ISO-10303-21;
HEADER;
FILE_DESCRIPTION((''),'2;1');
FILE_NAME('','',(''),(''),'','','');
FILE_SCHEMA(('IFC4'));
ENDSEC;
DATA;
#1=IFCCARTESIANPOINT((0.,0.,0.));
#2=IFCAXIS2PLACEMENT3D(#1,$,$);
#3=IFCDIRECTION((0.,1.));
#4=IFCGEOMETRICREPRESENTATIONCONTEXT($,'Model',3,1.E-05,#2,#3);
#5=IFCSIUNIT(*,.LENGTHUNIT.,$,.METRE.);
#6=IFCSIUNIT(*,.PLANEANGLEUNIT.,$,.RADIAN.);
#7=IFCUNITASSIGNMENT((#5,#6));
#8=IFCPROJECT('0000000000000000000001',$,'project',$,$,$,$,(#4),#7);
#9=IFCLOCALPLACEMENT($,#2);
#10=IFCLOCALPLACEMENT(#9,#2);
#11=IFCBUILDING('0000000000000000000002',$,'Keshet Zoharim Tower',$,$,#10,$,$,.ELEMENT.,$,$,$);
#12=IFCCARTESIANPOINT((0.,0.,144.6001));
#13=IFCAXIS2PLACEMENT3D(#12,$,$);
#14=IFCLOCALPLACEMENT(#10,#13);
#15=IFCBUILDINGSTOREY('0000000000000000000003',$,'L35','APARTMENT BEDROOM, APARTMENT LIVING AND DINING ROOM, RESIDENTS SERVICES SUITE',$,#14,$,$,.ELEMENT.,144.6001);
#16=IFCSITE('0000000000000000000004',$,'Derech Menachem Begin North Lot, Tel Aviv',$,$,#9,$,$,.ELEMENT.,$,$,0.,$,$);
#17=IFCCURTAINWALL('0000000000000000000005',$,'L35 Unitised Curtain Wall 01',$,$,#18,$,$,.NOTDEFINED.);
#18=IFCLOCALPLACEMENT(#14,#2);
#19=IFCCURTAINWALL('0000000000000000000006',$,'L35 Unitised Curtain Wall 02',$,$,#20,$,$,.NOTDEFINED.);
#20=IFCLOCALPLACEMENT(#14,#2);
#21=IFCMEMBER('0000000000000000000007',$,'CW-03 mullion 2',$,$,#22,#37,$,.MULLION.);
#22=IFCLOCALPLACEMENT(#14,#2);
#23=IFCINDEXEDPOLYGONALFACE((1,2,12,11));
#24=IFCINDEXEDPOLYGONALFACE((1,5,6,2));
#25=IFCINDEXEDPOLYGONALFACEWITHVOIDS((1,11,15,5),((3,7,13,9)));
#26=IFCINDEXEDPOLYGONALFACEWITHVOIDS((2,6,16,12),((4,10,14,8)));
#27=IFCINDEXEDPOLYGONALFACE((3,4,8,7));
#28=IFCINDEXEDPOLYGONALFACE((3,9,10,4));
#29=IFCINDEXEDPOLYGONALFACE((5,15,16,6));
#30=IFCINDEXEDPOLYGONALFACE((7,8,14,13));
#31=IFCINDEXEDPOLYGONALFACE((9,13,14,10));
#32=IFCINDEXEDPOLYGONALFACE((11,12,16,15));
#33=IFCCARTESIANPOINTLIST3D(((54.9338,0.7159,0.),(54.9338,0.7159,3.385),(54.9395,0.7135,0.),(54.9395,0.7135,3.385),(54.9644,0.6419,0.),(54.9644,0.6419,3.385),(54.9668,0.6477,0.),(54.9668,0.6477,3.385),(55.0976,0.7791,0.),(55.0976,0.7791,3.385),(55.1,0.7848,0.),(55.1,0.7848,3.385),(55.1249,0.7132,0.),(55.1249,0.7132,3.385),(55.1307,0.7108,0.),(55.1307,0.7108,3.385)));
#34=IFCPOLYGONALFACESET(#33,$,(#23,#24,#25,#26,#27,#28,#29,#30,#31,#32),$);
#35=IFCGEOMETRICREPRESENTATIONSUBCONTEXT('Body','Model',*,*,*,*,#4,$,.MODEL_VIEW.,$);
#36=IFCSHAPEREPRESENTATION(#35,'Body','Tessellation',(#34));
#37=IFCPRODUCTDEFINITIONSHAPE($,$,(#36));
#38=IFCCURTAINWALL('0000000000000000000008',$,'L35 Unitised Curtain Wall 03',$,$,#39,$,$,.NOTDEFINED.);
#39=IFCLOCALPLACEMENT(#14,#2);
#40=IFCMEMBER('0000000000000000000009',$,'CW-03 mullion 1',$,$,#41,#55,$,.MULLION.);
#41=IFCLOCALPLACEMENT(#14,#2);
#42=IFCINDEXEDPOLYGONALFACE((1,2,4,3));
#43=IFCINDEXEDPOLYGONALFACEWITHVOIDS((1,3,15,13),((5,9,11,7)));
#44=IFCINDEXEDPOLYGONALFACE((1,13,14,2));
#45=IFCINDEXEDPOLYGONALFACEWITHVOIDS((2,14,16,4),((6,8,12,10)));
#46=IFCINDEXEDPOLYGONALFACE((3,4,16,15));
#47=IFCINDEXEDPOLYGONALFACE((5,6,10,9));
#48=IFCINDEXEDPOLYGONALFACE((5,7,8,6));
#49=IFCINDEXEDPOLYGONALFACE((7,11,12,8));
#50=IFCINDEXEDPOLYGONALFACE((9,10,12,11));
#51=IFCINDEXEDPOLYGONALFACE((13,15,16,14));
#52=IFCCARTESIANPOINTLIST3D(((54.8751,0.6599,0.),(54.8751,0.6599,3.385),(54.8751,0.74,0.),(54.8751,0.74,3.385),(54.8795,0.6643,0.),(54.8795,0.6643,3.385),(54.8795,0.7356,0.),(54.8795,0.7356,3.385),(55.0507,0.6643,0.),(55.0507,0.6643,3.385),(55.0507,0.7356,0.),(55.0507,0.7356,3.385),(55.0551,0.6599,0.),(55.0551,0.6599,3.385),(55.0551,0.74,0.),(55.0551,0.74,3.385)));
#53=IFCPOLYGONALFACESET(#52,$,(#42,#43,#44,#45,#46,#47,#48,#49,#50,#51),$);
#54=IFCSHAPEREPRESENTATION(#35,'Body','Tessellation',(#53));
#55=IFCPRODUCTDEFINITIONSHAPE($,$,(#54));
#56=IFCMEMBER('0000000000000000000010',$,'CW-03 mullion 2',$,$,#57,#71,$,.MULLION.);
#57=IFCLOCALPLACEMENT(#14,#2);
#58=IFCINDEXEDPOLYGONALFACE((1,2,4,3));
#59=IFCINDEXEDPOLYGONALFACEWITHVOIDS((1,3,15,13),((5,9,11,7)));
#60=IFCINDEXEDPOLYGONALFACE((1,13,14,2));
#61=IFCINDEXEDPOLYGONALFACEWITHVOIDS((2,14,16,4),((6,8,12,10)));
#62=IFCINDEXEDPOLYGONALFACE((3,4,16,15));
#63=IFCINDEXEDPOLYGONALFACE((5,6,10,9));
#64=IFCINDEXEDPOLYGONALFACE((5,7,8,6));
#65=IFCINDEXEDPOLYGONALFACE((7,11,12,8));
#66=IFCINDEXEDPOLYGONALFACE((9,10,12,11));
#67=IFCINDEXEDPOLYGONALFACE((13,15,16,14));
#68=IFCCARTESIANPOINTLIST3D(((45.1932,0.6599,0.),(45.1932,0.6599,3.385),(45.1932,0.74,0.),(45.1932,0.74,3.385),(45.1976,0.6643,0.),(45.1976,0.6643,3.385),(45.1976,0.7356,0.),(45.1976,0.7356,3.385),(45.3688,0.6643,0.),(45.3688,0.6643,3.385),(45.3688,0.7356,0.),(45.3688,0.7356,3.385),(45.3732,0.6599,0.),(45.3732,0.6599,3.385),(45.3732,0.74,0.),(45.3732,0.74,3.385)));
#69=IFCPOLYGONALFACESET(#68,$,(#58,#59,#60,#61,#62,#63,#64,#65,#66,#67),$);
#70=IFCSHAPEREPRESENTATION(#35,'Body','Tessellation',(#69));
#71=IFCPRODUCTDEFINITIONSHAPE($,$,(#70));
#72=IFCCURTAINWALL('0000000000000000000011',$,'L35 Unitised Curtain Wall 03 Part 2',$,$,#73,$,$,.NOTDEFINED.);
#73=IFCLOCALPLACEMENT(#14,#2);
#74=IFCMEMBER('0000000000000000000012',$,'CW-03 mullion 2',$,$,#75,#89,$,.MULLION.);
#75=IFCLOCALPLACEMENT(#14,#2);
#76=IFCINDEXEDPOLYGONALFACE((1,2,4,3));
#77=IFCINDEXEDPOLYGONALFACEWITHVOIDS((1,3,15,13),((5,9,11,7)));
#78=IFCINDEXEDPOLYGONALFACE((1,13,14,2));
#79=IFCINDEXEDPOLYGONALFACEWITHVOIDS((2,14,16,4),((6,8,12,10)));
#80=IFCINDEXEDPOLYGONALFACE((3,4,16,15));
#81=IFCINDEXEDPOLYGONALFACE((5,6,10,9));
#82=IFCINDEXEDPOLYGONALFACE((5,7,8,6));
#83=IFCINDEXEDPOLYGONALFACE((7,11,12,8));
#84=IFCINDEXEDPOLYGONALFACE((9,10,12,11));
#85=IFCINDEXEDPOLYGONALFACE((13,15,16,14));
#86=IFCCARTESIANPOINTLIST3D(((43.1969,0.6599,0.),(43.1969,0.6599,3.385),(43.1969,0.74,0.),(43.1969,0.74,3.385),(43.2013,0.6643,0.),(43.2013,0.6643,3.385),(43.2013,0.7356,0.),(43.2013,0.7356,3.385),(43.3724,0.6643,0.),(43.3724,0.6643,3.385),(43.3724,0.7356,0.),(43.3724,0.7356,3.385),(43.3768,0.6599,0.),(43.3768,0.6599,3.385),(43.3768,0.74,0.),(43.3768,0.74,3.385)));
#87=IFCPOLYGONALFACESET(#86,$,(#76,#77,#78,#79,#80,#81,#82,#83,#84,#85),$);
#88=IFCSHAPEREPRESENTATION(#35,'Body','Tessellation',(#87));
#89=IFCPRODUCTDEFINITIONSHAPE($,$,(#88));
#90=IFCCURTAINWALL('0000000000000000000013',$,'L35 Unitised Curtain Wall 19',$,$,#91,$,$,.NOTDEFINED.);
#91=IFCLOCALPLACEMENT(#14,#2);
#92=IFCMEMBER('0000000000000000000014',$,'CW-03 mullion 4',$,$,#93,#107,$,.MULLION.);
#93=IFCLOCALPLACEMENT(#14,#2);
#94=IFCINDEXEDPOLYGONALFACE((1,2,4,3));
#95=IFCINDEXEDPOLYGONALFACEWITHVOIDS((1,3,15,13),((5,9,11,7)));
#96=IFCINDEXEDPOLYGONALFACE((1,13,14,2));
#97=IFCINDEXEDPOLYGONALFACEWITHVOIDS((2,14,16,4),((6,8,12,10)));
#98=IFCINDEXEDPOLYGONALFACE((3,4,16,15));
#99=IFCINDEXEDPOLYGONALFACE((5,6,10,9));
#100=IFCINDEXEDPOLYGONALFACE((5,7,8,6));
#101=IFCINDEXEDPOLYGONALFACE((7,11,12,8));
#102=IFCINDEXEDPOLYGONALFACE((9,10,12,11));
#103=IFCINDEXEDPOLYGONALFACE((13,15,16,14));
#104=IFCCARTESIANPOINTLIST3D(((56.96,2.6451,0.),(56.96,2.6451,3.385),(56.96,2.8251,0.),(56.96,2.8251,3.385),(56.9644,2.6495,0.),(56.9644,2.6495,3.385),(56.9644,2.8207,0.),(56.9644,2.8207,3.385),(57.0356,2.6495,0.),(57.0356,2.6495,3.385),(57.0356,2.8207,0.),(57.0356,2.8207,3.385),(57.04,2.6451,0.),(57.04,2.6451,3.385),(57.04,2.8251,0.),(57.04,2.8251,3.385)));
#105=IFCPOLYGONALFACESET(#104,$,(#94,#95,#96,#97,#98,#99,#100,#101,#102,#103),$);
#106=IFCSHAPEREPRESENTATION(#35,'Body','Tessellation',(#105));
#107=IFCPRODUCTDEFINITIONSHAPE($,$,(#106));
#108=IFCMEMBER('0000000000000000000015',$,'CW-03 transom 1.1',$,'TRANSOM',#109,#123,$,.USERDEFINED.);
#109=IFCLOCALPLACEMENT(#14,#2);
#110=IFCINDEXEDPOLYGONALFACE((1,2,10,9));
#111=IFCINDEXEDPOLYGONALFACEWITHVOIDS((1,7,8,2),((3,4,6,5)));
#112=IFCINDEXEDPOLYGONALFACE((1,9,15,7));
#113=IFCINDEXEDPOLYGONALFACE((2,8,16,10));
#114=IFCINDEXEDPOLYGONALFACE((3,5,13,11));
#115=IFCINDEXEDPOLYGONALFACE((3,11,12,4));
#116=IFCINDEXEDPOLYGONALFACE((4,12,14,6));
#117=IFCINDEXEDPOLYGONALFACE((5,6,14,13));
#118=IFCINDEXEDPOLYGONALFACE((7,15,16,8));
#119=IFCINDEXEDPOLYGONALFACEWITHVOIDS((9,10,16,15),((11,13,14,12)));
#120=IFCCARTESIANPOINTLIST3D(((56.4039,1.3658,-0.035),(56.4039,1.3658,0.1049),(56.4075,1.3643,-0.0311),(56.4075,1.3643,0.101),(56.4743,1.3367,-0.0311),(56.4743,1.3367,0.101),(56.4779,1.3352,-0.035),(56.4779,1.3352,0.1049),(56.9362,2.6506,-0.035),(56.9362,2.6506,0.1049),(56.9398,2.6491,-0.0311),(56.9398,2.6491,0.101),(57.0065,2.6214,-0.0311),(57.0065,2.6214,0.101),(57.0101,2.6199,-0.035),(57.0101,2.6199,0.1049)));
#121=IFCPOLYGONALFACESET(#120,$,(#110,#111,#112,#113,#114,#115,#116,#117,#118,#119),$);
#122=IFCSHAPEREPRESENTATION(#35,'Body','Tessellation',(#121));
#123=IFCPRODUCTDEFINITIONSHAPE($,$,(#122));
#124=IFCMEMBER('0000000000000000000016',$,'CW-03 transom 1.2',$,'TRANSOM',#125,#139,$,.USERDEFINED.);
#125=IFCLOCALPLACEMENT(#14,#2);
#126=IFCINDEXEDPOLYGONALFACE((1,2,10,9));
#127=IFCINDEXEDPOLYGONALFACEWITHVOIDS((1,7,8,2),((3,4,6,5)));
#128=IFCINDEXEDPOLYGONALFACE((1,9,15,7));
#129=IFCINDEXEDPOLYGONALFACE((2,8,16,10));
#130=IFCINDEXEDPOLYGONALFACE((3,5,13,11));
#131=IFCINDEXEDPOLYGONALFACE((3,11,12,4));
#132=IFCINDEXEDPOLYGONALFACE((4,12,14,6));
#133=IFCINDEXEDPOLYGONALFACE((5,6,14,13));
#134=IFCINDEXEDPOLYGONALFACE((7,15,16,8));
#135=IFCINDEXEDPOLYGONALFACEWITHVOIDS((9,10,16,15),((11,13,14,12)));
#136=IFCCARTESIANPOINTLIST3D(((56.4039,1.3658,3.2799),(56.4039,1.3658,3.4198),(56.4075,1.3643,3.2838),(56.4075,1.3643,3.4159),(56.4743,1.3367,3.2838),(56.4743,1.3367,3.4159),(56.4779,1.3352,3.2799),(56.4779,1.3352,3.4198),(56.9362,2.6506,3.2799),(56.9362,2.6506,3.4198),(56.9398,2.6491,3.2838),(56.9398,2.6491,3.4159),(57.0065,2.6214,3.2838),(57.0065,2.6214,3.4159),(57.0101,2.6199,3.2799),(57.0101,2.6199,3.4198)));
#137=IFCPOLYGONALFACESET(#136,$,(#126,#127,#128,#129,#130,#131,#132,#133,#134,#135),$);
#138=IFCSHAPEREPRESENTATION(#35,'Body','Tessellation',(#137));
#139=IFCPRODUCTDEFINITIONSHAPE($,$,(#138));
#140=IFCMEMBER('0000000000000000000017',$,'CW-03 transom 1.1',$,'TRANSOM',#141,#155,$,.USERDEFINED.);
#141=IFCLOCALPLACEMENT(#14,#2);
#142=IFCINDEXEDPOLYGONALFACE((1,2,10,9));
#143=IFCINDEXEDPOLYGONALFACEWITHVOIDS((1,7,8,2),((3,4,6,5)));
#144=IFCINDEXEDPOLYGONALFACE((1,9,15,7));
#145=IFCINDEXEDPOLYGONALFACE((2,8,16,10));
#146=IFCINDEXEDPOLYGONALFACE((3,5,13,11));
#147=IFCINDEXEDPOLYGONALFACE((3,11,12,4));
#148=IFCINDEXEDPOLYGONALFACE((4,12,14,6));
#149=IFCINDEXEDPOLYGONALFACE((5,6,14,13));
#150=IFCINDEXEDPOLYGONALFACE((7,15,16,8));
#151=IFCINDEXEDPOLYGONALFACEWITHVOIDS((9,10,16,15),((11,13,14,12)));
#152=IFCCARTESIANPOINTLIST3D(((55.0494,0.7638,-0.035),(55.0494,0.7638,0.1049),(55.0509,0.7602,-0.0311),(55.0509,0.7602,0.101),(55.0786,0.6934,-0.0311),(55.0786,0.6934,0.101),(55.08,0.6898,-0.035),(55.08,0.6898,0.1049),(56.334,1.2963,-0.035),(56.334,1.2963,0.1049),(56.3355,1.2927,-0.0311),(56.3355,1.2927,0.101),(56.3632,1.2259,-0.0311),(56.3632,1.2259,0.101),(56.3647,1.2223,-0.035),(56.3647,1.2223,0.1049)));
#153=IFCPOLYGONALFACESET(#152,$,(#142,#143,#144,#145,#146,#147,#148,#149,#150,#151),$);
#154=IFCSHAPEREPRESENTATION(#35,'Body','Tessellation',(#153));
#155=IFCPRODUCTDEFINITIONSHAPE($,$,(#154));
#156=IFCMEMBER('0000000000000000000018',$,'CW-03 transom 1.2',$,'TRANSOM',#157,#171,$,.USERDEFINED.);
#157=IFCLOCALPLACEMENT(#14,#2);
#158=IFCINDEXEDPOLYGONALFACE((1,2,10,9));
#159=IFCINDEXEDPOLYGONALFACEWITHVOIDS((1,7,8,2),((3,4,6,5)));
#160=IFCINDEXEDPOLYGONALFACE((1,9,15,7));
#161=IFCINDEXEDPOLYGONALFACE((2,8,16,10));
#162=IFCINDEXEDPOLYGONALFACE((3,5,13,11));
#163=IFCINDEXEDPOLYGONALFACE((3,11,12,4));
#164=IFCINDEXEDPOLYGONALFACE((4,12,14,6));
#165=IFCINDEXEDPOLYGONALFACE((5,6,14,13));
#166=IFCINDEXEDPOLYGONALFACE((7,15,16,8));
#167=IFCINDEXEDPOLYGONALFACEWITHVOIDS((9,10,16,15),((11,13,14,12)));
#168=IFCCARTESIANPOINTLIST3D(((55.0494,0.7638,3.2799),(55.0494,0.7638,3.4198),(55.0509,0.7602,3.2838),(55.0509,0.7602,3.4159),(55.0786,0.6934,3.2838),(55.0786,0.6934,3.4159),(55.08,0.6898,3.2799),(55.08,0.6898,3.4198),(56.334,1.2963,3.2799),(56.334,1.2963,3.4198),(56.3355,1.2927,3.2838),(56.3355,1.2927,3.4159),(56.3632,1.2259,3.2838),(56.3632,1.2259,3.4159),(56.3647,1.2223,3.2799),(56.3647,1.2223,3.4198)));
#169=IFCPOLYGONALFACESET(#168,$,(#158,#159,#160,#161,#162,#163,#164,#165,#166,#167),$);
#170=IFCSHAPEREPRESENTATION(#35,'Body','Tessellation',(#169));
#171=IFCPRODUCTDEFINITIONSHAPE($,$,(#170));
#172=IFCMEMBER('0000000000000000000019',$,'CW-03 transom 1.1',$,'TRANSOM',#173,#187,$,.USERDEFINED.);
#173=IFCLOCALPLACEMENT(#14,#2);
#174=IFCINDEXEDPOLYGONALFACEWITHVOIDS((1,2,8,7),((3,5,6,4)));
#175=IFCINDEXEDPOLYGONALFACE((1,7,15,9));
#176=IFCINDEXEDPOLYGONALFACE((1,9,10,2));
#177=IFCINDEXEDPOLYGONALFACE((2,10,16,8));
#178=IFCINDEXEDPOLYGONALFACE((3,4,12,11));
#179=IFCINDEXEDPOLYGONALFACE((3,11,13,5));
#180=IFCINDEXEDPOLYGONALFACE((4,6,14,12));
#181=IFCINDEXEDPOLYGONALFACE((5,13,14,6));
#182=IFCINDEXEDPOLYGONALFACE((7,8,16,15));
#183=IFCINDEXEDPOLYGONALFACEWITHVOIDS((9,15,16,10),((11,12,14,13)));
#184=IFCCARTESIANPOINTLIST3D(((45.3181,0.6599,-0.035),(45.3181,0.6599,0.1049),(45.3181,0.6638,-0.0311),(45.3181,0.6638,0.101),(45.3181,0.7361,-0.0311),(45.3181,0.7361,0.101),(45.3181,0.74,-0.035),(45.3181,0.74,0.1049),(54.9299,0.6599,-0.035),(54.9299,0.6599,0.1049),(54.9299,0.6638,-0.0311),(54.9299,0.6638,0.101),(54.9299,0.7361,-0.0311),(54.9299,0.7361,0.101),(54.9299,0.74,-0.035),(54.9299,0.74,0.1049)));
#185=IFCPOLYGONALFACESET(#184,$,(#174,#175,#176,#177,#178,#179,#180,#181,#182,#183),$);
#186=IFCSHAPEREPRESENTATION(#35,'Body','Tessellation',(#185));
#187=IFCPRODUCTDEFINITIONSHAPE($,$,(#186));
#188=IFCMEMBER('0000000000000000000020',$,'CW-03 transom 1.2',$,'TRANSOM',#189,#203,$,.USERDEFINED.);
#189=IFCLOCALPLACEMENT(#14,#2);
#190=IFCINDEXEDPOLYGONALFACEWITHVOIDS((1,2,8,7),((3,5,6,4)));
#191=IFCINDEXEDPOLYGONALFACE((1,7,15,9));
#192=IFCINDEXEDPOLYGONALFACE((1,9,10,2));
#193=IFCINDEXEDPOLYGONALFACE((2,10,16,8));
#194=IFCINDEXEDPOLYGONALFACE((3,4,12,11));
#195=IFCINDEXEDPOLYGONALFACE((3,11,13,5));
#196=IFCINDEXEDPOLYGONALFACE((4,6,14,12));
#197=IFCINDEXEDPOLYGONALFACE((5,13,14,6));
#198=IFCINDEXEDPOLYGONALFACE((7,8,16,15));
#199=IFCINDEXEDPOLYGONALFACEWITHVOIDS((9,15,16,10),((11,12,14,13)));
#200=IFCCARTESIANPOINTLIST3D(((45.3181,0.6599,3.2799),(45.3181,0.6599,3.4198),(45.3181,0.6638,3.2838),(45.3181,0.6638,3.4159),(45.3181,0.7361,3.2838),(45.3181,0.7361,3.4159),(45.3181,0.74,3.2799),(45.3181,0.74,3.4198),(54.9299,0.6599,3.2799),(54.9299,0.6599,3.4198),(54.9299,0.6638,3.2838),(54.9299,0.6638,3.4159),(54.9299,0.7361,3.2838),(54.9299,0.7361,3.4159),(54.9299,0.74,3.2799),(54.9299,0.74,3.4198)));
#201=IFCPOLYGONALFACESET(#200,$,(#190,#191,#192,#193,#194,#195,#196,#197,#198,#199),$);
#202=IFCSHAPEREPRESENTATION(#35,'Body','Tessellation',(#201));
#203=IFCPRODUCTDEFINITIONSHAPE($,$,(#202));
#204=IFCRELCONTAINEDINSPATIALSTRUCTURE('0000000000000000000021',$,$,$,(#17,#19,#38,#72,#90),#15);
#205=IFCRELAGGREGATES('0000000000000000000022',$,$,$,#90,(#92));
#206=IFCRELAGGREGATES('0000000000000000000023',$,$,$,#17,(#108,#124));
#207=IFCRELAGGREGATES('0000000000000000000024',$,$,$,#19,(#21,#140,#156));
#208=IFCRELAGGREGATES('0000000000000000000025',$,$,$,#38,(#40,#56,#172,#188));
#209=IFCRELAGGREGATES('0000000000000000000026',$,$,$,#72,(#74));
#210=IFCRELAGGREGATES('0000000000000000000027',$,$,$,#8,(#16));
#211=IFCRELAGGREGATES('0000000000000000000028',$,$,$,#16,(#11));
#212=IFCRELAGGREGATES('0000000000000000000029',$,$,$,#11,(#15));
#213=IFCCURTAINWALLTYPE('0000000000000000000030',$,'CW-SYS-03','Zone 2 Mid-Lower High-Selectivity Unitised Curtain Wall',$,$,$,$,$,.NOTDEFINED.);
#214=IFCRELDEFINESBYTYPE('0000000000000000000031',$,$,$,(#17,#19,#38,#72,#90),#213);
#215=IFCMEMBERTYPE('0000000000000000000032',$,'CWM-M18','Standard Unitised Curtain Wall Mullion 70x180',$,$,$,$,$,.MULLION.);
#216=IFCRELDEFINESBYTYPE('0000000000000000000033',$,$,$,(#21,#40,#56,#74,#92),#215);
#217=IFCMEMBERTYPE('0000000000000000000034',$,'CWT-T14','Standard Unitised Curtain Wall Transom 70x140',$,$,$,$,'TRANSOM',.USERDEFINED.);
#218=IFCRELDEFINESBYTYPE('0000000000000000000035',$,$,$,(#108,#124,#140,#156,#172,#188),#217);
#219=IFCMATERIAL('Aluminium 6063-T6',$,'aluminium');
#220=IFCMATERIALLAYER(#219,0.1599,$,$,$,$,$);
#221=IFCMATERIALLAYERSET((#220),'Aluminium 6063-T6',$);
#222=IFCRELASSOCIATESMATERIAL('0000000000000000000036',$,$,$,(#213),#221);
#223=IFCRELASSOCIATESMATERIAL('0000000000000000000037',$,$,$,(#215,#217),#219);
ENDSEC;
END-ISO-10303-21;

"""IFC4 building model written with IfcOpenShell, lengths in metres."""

from ifc_helpers import new_model, si_unit, direction, frame, origin, origin_2d, place, context, subcontext, project, spatial, hollow_rectangle, extrude, material, layer, layer_set, material_profile, profile_set, type_object, element, aggregate, save


model = new_model("IFC4")

# Units and contexts
model_context = context("Model", 3, precision=1e-05, world=origin(), true_north=direction((0.0, 1.0)))
body_context = subcontext(model_context, "Body", "Model", "MODEL_VIEW")
ifc_project = project(units=[si_unit("LENGTHUNIT", "METRE"), si_unit("PLANEANGLEUNIT", "RADIAN")], contexts=[model_context])

# Site, building, storey
site_placement = place(None, origin())
site = spatial("IfcSite", under=ifc_project, at=site_placement, Name="Derech Menachem Begin North Lot, Tel Aviv", CompositionType="ELEMENT", RefElevation=0.0)
building_placement = place(site_placement, origin())
building = spatial("IfcBuilding", under=site, at=building_placement, Name="Keshet Zoharim Tower", CompositionType="ELEMENT")
storey_placement = place(building_placement, frame((0.0, 0.0, 144.6001)))
storey = spatial("IfcBuildingStorey", under=building, at=storey_placement, Name="L35", Description="APARTMENT BEDROOM, APARTMENT LIVING AND DINING ROOM, RESIDENTS SERVICES SUITE", CompositionType="ELEMENT", Elevation=144.6001)

# Curtain walls, members
ifc_material_1 = material(Name="Aluminium 6063-T6", Category="aluminium")
ifc_layer_1 = layer(ifc_material_1, 0.1599)
ifc_layer_set_1 = layer_set([ifc_layer_1], Name="Aluminium 6063-T6")
curtain_wall_type = type_object("IfcCurtainWallType", Name="CW-SYS-03", Description="Zone 2 Mid-Lower High-Selectivity Unitised Curtain Wall", PredefinedType="NOTDEFINED", material=ifc_layer_set_1)
curtain_wall_1_placement = place(storey_placement, origin())
curtain_wall_1 = element("IfcCurtainWall", 1, at=curtain_wall_1_placement, inside=storey, type_object=curtain_wall_type, Name="L35 Unitised Curtain Wall 01", PredefinedType="NOTDEFINED")
ifc_material_profile_1 = material_profile(ifc_material_1, hollow_rectangle(XDim=0.0801, YDim=0.1799, WallThickness=0.0044, at=origin_2d()), Name="MUL-80x180")
ifc_profile_set_1 = profile_set([ifc_material_profile_1], Name="Aluminium 6063-T6")
member_type_1 = type_object("IfcMemberType", Name="CWM-M18", Description="Standard Unitised Curtain Wall Mullion 70x180", PredefinedType="MULLION", material=ifc_profile_set_1)
curtain_wall_2_placement = place(storey_placement, origin())
curtain_wall_2 = element("IfcCurtainWall", 2, at=curtain_wall_2_placement, inside=storey, type_object=curtain_wall_type, Name="L35 Unitised Curtain Wall 02", PredefinedType="NOTDEFINED")
member_1_placement = place(storey_placement, frame((55.0322, 0.7134, 0.0), z_axis=(0.0, 0.0, 1.0), x_axis=(0.382852, -0.92381, 0.0)))
member_1 = element("IfcMember", 3, at=member_1_placement, type_object=member_type_1, Name="CW-03 mullion 2", PredefinedType="MULLION", context=body_context, shape_type="SweptSolid", body=[
    extrude(hollow_rectangle(XDim=0.0801, YDim=0.1799, WallThickness=0.0044, at=origin_2d()), origin(), (0.0, 0.0, 1.0), 3.385),
])
curtain_wall_3_placement = place(storey_placement, origin())
curtain_wall_3 = element("IfcCurtainWall", 4, at=curtain_wall_3_placement, inside=storey, type_object=curtain_wall_type, Name="L35 Unitised Curtain Wall 03", PredefinedType="NOTDEFINED")
member_2_placement = place(storey_placement, frame((54.9651, 0.7, 0.0), z_axis=(0.0, 0.0, 1.0), x_axis=(0.0, -1.0, 0.0)))
member_2 = element("IfcMember", 5, at=member_2_placement, type_object=member_type_1, Name="CW-03 mullion 1", PredefinedType="MULLION", context=body_context, shape_type="SweptSolid", body=[
    extrude(hollow_rectangle(XDim=0.0801, YDim=0.1799, WallThickness=0.0044, at=origin_2d()), origin(), (0.0, 0.0, 1.0), 3.385),
])
member_3_placement = place(storey_placement, frame((45.2832, 0.7, 0.0), z_axis=(0.0, 0.0, 1.0), x_axis=(0.0, -1.0, 0.0)))
member_3 = element("IfcMember", 6, at=member_3_placement, type_object=member_type_1, Name="CW-03 mullion 2", PredefinedType="MULLION", context=body_context, shape_type="SweptSolid", body=[
    extrude(hollow_rectangle(XDim=0.0801, YDim=0.1799, WallThickness=0.0044, at=origin_2d()), origin(), (0.0, 0.0, 1.0), 3.385),
])

# Curtain walls, members
curtain_wall_4_placement = place(storey_placement, origin())
curtain_wall_4 = element("IfcCurtainWall", 7, at=curtain_wall_4_placement, inside=storey, type_object=curtain_wall_type, Name="L35 Unitised Curtain Wall 03 Part 2", PredefinedType="NOTDEFINED")
member_4_placement = place(storey_placement, frame((43.2869, 0.7, 0.0), z_axis=(0.0, 0.0, 1.0), x_axis=(0.0, -1.0, 0.0)))
member_4 = element("IfcMember", 8, at=member_4_placement, type_object=member_type_1, Name="CW-03 mullion 2", PredefinedType="MULLION", context=body_context, shape_type="SweptSolid", body=[
    extrude(hollow_rectangle(XDim=0.0801, YDim=0.1799, WallThickness=0.0044, at=origin_2d()), origin(), (0.0, 0.0, 1.0), 3.385),
])
curtain_wall_5_placement = place(storey_placement, origin())
curtain_wall_5 = element("IfcCurtainWall", 9, at=curtain_wall_5_placement, inside=storey, type_object=curtain_wall_type, Name="L35 Unitised Curtain Wall 19", PredefinedType="NOTDEFINED")
member_5_placement = place(storey_placement, frame((57.0, 2.7351, 0.0), z_axis=(0.0, 0.0, 1.0), x_axis=(1.0, 0.0, 0.0)))
member_5 = element("IfcMember", 10, at=member_5_placement, type_object=member_type_1, Name="CW-03 mullion 4", PredefinedType="MULLION", context=body_context, shape_type="SweptSolid", body=[
    extrude(hollow_rectangle(XDim=0.0801, YDim=0.1799, WallThickness=0.0044, at=origin_2d()), origin(), (0.0, 0.0, 1.0), 3.385),
])
aggregate(curtain_wall_5, [member_5])

# Members
ifc_material_profile_2 = material_profile(ifc_material_1, hollow_rectangle(XDim=0.0801, YDim=0.1399, WallThickness=0.0039, at=origin_2d()), Name="TRN-80x140")
ifc_profile_set_2 = profile_set([ifc_material_profile_2], Name="Aluminium 6063-T6")
member_type_2 = type_object("IfcMemberType", Name="CWT-T14", Description="Standard Unitised Curtain Wall Transom 70x140", ElementType="TRANSOM", PredefinedType="USERDEFINED", material=ifc_profile_set_2)
member_6_placement = place(storey_placement, frame((56.9731, 2.6353, 0.0349), z_axis=(-0.382745, -0.923854, 0.0), x_axis=(0.923854, -0.382745, 0.0)))
member_6 = element("IfcMember", 11, at=member_6_placement, type_object=member_type_2, Name="CW-03 transom 1.1", ObjectType="TRANSOM", PredefinedType="USERDEFINED", context=body_context, shape_type="SweptSolid", body=[
    extrude(hollow_rectangle(XDim=0.0801, YDim=0.1399, WallThickness=0.0039, at=origin_2d()), origin(), (0.0, 0.0, 1.0), 1.3906),
])
member_7_placement = place(storey_placement, frame((56.9731, 2.6353, 3.3499), z_axis=(-0.382745, -0.923854, 0.0), x_axis=(0.923854, -0.382745, 0.0)))
member_7 = element("IfcMember", 12, at=member_7_placement, type_object=member_type_2, Name="CW-03 transom 1.2", ObjectType="TRANSOM", PredefinedType="USERDEFINED", context=body_context, shape_type="SweptSolid", body=[
    extrude(hollow_rectangle(XDim=0.0801, YDim=0.1399, WallThickness=0.0039, at=origin_2d()), origin(), (0.0, 0.0, 1.0), 1.3906),
])
member_8_placement = place(storey_placement, frame((56.3494, 1.2593, 0.0349), z_axis=(-0.923792, -0.382894, 0.0), x_axis=(0.382894, -0.923792, 0.0)))
member_8 = element("IfcMember", 13, at=member_8_placement, type_object=member_type_2, Name="CW-03 transom 1.1", ObjectType="TRANSOM", PredefinedType="USERDEFINED", context=body_context, shape_type="SweptSolid", body=[
    extrude(hollow_rectangle(XDim=0.0801, YDim=0.1399, WallThickness=0.0039, at=origin_2d()), origin(), (0.0, 0.0, 1.0), 1.3906),
])
member_9_placement = place(storey_placement, frame((56.3494, 1.2593, 3.3499), z_axis=(-0.923792, -0.382894, 0.0), x_axis=(0.382894, -0.923792, 0.0)))
member_9 = element("IfcMember", 14, at=member_9_placement, type_object=member_type_2, Name="CW-03 transom 1.2", ObjectType="TRANSOM", PredefinedType="USERDEFINED", context=body_context, shape_type="SweptSolid", body=[
    extrude(hollow_rectangle(XDim=0.0801, YDim=0.1399, WallThickness=0.0039, at=origin_2d()), origin(), (0.0, 0.0, 1.0), 1.3906),
])
member_10_placement = place(storey_placement, frame((54.9299, 0.7, 0.0349), z_axis=(-1.0, 0.0, 0.0), x_axis=(0.0, -1.0, 0.0)))
member_10 = element("IfcMember", 15, at=member_10_placement, type_object=member_type_2, Name="CW-03 transom 1.1", ObjectType="TRANSOM", PredefinedType="USERDEFINED", context=body_context, shape_type="SweptSolid", body=[
    extrude(hollow_rectangle(XDim=0.0801, YDim=0.1399, WallThickness=0.0039, at=origin_2d()), origin(), (0.0, 0.0, 1.0), 9.6118),
])
member_11_placement = place(storey_placement, frame((54.9299, 0.7, 3.3499), z_axis=(-1.0, 0.0, 0.0), x_axis=(0.0, -1.0, 0.0)))
member_11 = element("IfcMember", 16, at=member_11_placement, type_object=member_type_2, Name="CW-03 transom 1.2", ObjectType="TRANSOM", PredefinedType="USERDEFINED", context=body_context, shape_type="SweptSolid", body=[
    extrude(hollow_rectangle(XDim=0.0801, YDim=0.1399, WallThickness=0.0039, at=origin_2d()), origin(), (0.0, 0.0, 1.0), 9.6118),
])

aggregate(curtain_wall_1, [member_6, member_7])
aggregate(curtain_wall_2, [member_1, member_8, member_9])
aggregate(curtain_wall_3, [member_2, member_3, member_10, member_11])
aggregate(curtain_wall_4, [member_4])

save(model, "model.ifc")
